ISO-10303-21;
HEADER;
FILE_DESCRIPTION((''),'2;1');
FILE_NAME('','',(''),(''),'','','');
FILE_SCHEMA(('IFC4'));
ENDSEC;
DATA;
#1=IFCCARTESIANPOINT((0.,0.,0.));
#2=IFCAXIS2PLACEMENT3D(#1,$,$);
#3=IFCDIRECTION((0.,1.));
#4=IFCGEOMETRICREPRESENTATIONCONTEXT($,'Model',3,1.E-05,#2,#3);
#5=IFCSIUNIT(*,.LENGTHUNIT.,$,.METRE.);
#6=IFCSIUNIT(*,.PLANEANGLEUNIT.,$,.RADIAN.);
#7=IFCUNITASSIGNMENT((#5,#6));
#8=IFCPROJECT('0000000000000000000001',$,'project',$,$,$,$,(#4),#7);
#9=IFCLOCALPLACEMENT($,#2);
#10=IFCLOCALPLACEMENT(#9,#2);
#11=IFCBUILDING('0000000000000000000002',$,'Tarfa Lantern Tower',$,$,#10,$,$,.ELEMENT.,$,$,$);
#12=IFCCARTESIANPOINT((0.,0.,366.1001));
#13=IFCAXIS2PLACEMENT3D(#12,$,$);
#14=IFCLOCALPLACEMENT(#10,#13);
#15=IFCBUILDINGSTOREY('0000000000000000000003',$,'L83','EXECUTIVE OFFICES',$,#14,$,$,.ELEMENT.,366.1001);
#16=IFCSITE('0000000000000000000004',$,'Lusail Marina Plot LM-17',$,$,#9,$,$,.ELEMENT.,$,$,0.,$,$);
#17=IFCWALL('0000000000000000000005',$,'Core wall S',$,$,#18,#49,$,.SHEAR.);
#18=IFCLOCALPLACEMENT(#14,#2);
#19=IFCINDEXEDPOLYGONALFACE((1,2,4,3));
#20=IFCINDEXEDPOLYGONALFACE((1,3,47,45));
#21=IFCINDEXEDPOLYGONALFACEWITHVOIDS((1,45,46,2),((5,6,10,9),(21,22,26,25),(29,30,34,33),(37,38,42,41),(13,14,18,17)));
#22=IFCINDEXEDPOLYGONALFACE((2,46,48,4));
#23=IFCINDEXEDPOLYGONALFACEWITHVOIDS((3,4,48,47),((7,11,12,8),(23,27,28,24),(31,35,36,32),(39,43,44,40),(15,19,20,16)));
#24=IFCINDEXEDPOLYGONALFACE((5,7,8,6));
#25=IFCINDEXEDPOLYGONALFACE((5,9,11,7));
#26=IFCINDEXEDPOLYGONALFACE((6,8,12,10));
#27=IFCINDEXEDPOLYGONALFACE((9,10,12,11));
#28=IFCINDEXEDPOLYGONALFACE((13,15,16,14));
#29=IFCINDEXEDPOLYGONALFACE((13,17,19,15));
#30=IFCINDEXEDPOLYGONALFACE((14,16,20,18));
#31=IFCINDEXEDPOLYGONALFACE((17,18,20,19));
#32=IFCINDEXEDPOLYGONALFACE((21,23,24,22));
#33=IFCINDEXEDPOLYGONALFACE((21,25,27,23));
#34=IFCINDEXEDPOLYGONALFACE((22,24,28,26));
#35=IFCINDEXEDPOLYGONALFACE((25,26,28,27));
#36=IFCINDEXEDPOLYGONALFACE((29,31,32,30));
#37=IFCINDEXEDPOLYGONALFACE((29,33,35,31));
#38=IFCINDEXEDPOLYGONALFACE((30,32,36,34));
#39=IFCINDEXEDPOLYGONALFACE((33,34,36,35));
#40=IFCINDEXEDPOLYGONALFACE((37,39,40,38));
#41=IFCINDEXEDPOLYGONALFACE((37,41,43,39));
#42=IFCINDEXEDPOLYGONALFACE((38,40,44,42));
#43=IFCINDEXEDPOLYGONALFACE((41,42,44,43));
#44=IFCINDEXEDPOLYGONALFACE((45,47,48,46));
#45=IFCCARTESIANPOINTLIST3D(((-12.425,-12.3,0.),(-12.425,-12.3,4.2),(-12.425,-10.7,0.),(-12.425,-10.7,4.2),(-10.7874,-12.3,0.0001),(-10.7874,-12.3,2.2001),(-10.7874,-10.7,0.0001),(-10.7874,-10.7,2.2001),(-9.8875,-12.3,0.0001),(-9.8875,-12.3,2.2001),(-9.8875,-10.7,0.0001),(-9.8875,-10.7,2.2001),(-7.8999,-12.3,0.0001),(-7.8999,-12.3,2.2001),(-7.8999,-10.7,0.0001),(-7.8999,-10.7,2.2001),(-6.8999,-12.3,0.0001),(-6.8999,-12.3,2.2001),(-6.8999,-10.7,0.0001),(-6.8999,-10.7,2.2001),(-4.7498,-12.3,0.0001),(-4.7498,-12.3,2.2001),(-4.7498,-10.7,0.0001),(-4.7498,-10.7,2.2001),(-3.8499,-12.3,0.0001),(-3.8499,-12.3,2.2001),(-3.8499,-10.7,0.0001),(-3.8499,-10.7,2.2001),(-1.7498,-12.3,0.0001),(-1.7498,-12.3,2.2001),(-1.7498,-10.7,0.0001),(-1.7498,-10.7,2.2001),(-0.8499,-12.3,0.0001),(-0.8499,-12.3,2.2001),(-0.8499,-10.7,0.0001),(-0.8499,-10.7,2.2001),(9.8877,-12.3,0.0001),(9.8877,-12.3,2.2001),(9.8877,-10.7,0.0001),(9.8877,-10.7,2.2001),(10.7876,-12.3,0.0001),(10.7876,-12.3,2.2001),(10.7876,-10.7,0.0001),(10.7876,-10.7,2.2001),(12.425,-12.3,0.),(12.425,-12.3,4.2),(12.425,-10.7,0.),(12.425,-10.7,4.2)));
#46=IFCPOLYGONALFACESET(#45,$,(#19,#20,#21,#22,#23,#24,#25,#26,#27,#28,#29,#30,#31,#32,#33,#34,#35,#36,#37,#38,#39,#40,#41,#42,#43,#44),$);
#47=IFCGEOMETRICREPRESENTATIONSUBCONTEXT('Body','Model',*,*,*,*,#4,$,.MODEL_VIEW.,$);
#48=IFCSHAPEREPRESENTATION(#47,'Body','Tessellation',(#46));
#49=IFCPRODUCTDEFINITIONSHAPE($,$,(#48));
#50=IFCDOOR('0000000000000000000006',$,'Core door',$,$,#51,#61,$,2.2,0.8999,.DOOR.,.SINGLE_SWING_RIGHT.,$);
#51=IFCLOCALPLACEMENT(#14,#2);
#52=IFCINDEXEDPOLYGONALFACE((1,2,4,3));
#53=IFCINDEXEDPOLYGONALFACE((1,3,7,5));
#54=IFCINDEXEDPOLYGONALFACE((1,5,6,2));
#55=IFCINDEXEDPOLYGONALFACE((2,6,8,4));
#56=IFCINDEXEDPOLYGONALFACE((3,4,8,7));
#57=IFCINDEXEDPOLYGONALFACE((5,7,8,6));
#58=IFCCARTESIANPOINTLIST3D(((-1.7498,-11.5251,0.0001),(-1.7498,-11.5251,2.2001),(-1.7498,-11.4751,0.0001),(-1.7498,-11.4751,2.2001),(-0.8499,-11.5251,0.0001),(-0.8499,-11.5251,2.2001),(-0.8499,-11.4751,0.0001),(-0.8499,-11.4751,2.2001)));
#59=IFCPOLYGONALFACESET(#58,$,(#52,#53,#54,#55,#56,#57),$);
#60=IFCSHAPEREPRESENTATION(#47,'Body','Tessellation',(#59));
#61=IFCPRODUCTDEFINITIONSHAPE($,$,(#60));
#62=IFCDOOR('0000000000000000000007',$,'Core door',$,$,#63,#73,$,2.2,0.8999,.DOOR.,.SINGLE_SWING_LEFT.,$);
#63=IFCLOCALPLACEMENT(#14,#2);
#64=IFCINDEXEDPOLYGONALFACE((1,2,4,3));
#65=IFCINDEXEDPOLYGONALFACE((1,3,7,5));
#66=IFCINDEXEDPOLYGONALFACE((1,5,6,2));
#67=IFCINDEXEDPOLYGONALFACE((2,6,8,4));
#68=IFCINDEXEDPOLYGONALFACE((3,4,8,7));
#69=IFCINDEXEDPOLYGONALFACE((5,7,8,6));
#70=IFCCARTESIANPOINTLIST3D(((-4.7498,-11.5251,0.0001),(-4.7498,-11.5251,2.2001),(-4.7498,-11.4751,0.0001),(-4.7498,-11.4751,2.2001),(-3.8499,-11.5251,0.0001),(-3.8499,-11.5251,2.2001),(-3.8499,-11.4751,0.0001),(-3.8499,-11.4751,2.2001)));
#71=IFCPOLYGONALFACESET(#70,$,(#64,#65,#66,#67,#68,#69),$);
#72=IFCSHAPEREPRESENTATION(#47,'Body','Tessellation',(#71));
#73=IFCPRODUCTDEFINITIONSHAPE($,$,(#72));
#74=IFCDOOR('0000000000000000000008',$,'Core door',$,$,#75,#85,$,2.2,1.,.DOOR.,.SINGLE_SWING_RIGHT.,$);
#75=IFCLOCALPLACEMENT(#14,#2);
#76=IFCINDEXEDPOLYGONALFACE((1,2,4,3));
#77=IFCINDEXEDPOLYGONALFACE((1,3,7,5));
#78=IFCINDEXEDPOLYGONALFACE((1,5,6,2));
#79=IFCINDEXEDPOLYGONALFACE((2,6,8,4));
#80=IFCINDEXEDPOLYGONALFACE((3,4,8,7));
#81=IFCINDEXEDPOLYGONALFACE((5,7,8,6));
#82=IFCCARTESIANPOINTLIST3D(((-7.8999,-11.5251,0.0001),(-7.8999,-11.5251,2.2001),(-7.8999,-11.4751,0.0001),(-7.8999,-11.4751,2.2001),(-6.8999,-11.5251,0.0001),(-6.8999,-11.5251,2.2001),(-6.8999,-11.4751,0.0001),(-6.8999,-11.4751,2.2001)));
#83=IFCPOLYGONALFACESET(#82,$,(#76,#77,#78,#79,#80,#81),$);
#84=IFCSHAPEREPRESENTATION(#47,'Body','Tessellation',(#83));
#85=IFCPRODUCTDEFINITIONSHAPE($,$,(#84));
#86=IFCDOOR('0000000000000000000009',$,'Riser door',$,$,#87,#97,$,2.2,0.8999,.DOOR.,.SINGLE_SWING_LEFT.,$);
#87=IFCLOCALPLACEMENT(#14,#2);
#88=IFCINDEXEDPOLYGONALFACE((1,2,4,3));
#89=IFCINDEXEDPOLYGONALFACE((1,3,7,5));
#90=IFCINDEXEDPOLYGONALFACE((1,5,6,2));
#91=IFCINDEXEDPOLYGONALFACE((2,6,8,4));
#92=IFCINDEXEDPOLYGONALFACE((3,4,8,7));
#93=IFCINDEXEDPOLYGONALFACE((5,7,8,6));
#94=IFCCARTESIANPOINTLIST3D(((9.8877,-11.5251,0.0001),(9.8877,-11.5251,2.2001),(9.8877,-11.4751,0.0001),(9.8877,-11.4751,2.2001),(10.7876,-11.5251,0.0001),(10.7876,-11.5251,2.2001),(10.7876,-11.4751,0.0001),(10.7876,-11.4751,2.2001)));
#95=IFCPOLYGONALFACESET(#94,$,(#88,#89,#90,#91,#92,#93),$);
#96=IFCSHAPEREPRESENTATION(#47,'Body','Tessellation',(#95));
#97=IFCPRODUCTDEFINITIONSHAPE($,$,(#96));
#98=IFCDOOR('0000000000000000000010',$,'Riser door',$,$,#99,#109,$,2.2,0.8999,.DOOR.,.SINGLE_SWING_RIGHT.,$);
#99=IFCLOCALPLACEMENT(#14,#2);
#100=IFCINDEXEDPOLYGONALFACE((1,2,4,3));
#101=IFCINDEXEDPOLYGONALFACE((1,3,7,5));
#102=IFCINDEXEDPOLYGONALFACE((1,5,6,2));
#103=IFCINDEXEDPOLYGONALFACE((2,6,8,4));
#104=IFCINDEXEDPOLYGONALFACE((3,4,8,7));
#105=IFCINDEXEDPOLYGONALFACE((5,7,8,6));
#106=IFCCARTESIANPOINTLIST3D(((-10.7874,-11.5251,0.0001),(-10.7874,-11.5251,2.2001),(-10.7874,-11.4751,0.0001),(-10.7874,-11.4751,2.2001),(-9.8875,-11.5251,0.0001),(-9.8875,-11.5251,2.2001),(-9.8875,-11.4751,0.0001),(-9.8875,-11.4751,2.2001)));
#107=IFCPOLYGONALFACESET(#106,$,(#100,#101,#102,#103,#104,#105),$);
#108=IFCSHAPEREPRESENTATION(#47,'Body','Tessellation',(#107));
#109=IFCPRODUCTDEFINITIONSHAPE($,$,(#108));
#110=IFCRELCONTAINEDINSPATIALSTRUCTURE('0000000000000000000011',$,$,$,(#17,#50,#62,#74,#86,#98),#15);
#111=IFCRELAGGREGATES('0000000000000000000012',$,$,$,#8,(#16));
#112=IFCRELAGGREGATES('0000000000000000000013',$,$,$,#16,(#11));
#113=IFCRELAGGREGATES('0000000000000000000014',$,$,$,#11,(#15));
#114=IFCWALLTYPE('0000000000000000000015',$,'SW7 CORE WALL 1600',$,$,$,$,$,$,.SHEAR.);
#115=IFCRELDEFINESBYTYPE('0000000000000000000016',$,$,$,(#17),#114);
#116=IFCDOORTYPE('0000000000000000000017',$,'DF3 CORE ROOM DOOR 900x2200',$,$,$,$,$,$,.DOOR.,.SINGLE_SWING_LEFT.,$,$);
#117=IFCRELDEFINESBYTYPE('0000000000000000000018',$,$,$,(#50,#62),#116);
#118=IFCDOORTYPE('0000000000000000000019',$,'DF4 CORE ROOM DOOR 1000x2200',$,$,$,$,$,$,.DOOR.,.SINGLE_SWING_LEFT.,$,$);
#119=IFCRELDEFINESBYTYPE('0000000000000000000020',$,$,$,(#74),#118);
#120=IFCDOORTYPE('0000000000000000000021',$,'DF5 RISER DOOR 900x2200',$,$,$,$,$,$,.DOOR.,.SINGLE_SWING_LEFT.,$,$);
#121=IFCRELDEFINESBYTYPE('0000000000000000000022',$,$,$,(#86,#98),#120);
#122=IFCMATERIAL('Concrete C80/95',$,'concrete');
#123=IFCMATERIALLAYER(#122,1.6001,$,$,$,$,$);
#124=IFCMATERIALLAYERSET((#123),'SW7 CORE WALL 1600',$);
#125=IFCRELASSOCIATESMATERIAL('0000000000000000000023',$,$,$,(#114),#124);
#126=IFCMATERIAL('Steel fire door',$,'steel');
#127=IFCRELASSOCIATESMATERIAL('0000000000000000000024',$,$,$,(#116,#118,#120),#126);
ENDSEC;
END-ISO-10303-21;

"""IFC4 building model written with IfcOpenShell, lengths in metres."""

from ifc_helpers import new_model, si_unit, direction, frame, frame_2d, origin, place, context, subcontext, project, spatial, rectangle, extrude, material, layer, layer_set, type_object, element, fill, save


model = new_model("IFC4")

# Units and contexts
model_context = context("Model", 3, precision=1e-05, world=origin(), true_north=direction((0.0, 1.0)))
body_context = subcontext(model_context, "Body", "Model", "MODEL_VIEW")
ifc_project = project(units=[si_unit("LENGTHUNIT", "METRE"), si_unit("PLANEANGLEUNIT", "RADIAN")], contexts=[model_context])

# Site, building, storey
site_placement = place(None, origin())
site = spatial("IfcSite", under=ifc_project, at=site_placement, Name="Lusail Marina Plot LM-17", CompositionType="ELEMENT", RefElevation=0.0)
building_placement = place(site_placement, origin())
building = spatial("IfcBuilding", under=site, at=building_placement, Name="Tarfa Lantern Tower", CompositionType="ELEMENT")
storey_placement = place(building_placement, frame((0.0, 0.0, 366.1001)))
storey = spatial("IfcBuildingStorey", under=building, at=storey_placement, Name="L83", Description="EXECUTIVE OFFICES", CompositionType="ELEMENT", Elevation=366.1001)

# Shared definitions
ifc_material_1 = material(Name="Concrete C80/95", Category="concrete")

# Shared definitions
ifc_material_2 = material(Name="Steel fire door", Category="steel")

# Wall, openings, doors
ifc_layer_1 = layer(ifc_material_1, 1.6001)
ifc_layer_set_1 = layer_set([ifc_layer_1], Name="SW7 CORE WALL 1600")
wall_type_1 = type_object("IfcWallType", Name="SW7 CORE WALL 1600", PredefinedType="SHEAR", material=ifc_layer_set_1)
wall_1_placement = place(storey_placement, frame((12.425, -11.5, 0.0), z_axis=(0.0, 0.0, 1.0), x_axis=(-1.0, 0.0, 0.0)))
wall_1 = element("IfcWall", 1, at=wall_1_placement, inside=storey, type_object=wall_type_1, Name="Core wall S", PredefinedType="SHEAR", context=body_context, shape_type="SweptSolid", body=[
    extrude(rectangle(XDim=24.8501, YDim=1.6001, at=frame_2d((12.425, 0.0))), origin(), (0.0, 0.0, 1.0), 4.2),
])
opening_1_placement = place(wall_1_placement, frame((13.2749, 0.0, 0.0)))
opening_1 = element("IfcOpeningElement", 2, at=opening_1_placement, cuts=wall_1, PredefinedType="OPENING", context=body_context, shape_type="SweptSolid", body=[
    extrude(rectangle(XDim=0.8999, YDim=2.2, at=frame_2d((0.45, 1.1001))), frame((0.0, 0.8101, 0.0), z_axis=(0.0, -1.0, 0.0), x_axis=(1.0, 0.0, 0.0)), (0.0, 0.0, 1.0), 1.6201),
])
opening_2_placement = place(wall_1_placement, frame((16.2749, 0.0, 0.0)))
opening_2 = element("IfcOpeningElement", 3, at=opening_2_placement, cuts=wall_1, PredefinedType="OPENING", context=body_context, shape_type="SweptSolid", body=[
    extrude(rectangle(XDim=0.8999, YDim=2.2, at=frame_2d((0.45, 1.1001))), frame((0.0, 0.8101, 0.0), z_axis=(0.0, -1.0, 0.0), x_axis=(1.0, 0.0, 0.0)), (0.0, 0.0, 1.0), 1.6201),
])
opening_3_placement = place(wall_1_placement, frame((19.325, 0.0, 0.0)))
opening_3 = element("IfcOpeningElement", 4, at=opening_3_placement, cuts=wall_1, PredefinedType="OPENING", context=body_context, shape_type="SweptSolid", body=[
    extrude(rectangle(XDim=1.0, YDim=2.2, at=frame_2d((0.5, 1.1001))), frame((0.0, 0.8101, 0.0), z_axis=(0.0, -1.0, 0.0), x_axis=(1.0, 0.0, 0.0)), (0.0, 0.0, 1.0), 1.6201),
])
opening_4_placement = place(wall_1_placement, frame((1.6375, 0.0, 0.0)))
opening_4 = element("IfcOpeningElement", 5, at=opening_4_placement, cuts=wall_1, PredefinedType="OPENING", context=body_context, shape_type="SweptSolid", body=[
    extrude(rectangle(XDim=0.8999, YDim=2.2, at=frame_2d((0.45, 1.1001))), frame((0.0, 0.8101, 0.0), z_axis=(0.0, -1.0, 0.0), x_axis=(1.0, 0.0, 0.0)), (0.0, 0.0, 1.0), 1.6201),
])
opening_5_placement = place(wall_1_placement, frame((22.3125, 0.0, 0.0)))
opening_5 = element("IfcOpeningElement", 6, at=opening_5_placement, cuts=wall_1, PredefinedType="OPENING", context=body_context, shape_type="SweptSolid", body=[
    extrude(rectangle(XDim=0.8999, YDim=2.2, at=frame_2d((0.45, 1.1001))), frame((0.0, 0.8101, 0.0), z_axis=(0.0, -1.0, 0.0), x_axis=(1.0, 0.0, 0.0)), (0.0, 0.0, 1.0), 1.6201),
])
door_type_1 = type_object("IfcDoorType", Name="DF3 CORE ROOM DOOR 900x2200", OperationType="SINGLE_SWING_LEFT", PredefinedType="DOOR", material=ifc_material_2)
door_1_placement = place(opening_1_placement, frame((0.8999, 0.0, 0.0), z_axis=(0.0, 0.0, 1.0), x_axis=(-1.0, 0.0, 0.0)))
door_1 = element("IfcDoor", 7, at=door_1_placement, inside=storey, type_object=door_type_1, Name="Core door", OperationType="SINGLE_SWING_RIGHT", OverallHeight=2.2, OverallWidth=0.8999, PredefinedType="DOOR", context=body_context, shape_type="SweptSolid", body=[
    extrude(rectangle(XDim=0.8999, YDim=2.2, at=frame_2d((0.45, 1.1001))), frame((0.0, 0.0249, 0.0), z_axis=(0.0, -1.0, 0.0), x_axis=(1.0, 0.0, 0.0)), (0.0, 0.0, 1.0), 0.05),
])
fill(opening_1, door_1)
door_2_placement = place(opening_2_placement, frame((0.8999, 0.0, 0.0), z_axis=(0.0, 0.0, 1.0), x_axis=(-1.0, 0.0, 0.0)))
door_2 = element("IfcDoor", 8, at=door_2_placement, inside=storey, type_object=door_type_1, Name="Core door", OperationType="SINGLE_SWING_LEFT", OverallHeight=2.2, OverallWidth=0.8999, PredefinedType="DOOR", context=body_context, shape_type="SweptSolid", body=[
    extrude(rectangle(XDim=0.8999, YDim=2.2, at=frame_2d((0.45, 1.1001))), frame((0.0, 0.0249, 0.0), z_axis=(0.0, -1.0, 0.0), x_axis=(1.0, 0.0, 0.0)), (0.0, 0.0, 1.0), 0.05),
])
fill(opening_2, door_2)
door_type_2 = type_object("IfcDoorType", Name="DF4 CORE ROOM DOOR 1000x2200", OperationType="SINGLE_SWING_LEFT", PredefinedType="DOOR", material=ifc_material_2)
door_3_placement = place(opening_3_placement, frame((1.0, 0.0, 0.0), z_axis=(0.0, 0.0, 1.0), x_axis=(-1.0, 0.0, 0.0)))
door_3 = element("IfcDoor", 9, at=door_3_placement, inside=storey, type_object=door_type_2, Name="Core door", OperationType="SINGLE_SWING_RIGHT", OverallHeight=2.2, OverallWidth=1.0, PredefinedType="DOOR", context=body_context, shape_type="SweptSolid", body=[
    extrude(rectangle(XDim=1.0, YDim=2.2, at=frame_2d((0.5, 1.1001))), frame((0.0, 0.0249, 0.0), z_axis=(0.0, -1.0, 0.0), x_axis=(1.0, 0.0, 0.0)), (0.0, 0.0, 1.0), 0.05),
])
fill(opening_3, door_3)
door_type_3 = type_object("IfcDoorType", Name="DF5 RISER DOOR 900x2200", OperationType="SINGLE_SWING_LEFT", PredefinedType="DOOR", material=ifc_material_2)
door_4_placement = place(opening_4_placement, frame((0.8999, 0.0, 0.0), z_axis=(0.0, 0.0, 1.0), x_axis=(-1.0, 0.0, 0.0)))
door_4 = element("IfcDoor", 10, at=door_4_placement, inside=storey, type_object=door_type_3, Name="Riser door", OperationType="SINGLE_SWING_LEFT", OverallHeight=2.2, OverallWidth=0.8999, PredefinedType="DOOR", context=body_context, shape_type="SweptSolid", body=[
    extrude(rectangle(XDim=0.8999, YDim=2.2, at=frame_2d((0.45, 1.1001))), frame((0.0, 0.0249, 0.0), z_axis=(0.0, -1.0, 0.0), x_axis=(1.0, 0.0, 0.0)), (0.0, 0.0, 1.0), 0.05),
])
fill(opening_4, door_4)
door_5_placement = place(opening_5_placement, frame((0.8999, 0.0, 0.0), z_axis=(0.0, 0.0, 1.0), x_axis=(-1.0, 0.0, 0.0)))
door_5 = element("IfcDoor", 11, at=door_5_placement, inside=storey, type_object=door_type_3, Name="Riser door", OperationType="SINGLE_SWING_RIGHT", OverallHeight=2.2, OverallWidth=0.8999, PredefinedType="DOOR", context=body_context, shape_type="SweptSolid", body=[
    extrude(rectangle(XDim=0.8999, YDim=2.2, at=frame_2d((0.45, 1.1001))), frame((0.0, 0.0249, 0.0), z_axis=(0.0, -1.0, 0.0), x_axis=(1.0, 0.0, 0.0)), (0.0, 0.0, 1.0), 0.05),
])
fill(opening_5, door_5)

save(model, "model.ifc")
